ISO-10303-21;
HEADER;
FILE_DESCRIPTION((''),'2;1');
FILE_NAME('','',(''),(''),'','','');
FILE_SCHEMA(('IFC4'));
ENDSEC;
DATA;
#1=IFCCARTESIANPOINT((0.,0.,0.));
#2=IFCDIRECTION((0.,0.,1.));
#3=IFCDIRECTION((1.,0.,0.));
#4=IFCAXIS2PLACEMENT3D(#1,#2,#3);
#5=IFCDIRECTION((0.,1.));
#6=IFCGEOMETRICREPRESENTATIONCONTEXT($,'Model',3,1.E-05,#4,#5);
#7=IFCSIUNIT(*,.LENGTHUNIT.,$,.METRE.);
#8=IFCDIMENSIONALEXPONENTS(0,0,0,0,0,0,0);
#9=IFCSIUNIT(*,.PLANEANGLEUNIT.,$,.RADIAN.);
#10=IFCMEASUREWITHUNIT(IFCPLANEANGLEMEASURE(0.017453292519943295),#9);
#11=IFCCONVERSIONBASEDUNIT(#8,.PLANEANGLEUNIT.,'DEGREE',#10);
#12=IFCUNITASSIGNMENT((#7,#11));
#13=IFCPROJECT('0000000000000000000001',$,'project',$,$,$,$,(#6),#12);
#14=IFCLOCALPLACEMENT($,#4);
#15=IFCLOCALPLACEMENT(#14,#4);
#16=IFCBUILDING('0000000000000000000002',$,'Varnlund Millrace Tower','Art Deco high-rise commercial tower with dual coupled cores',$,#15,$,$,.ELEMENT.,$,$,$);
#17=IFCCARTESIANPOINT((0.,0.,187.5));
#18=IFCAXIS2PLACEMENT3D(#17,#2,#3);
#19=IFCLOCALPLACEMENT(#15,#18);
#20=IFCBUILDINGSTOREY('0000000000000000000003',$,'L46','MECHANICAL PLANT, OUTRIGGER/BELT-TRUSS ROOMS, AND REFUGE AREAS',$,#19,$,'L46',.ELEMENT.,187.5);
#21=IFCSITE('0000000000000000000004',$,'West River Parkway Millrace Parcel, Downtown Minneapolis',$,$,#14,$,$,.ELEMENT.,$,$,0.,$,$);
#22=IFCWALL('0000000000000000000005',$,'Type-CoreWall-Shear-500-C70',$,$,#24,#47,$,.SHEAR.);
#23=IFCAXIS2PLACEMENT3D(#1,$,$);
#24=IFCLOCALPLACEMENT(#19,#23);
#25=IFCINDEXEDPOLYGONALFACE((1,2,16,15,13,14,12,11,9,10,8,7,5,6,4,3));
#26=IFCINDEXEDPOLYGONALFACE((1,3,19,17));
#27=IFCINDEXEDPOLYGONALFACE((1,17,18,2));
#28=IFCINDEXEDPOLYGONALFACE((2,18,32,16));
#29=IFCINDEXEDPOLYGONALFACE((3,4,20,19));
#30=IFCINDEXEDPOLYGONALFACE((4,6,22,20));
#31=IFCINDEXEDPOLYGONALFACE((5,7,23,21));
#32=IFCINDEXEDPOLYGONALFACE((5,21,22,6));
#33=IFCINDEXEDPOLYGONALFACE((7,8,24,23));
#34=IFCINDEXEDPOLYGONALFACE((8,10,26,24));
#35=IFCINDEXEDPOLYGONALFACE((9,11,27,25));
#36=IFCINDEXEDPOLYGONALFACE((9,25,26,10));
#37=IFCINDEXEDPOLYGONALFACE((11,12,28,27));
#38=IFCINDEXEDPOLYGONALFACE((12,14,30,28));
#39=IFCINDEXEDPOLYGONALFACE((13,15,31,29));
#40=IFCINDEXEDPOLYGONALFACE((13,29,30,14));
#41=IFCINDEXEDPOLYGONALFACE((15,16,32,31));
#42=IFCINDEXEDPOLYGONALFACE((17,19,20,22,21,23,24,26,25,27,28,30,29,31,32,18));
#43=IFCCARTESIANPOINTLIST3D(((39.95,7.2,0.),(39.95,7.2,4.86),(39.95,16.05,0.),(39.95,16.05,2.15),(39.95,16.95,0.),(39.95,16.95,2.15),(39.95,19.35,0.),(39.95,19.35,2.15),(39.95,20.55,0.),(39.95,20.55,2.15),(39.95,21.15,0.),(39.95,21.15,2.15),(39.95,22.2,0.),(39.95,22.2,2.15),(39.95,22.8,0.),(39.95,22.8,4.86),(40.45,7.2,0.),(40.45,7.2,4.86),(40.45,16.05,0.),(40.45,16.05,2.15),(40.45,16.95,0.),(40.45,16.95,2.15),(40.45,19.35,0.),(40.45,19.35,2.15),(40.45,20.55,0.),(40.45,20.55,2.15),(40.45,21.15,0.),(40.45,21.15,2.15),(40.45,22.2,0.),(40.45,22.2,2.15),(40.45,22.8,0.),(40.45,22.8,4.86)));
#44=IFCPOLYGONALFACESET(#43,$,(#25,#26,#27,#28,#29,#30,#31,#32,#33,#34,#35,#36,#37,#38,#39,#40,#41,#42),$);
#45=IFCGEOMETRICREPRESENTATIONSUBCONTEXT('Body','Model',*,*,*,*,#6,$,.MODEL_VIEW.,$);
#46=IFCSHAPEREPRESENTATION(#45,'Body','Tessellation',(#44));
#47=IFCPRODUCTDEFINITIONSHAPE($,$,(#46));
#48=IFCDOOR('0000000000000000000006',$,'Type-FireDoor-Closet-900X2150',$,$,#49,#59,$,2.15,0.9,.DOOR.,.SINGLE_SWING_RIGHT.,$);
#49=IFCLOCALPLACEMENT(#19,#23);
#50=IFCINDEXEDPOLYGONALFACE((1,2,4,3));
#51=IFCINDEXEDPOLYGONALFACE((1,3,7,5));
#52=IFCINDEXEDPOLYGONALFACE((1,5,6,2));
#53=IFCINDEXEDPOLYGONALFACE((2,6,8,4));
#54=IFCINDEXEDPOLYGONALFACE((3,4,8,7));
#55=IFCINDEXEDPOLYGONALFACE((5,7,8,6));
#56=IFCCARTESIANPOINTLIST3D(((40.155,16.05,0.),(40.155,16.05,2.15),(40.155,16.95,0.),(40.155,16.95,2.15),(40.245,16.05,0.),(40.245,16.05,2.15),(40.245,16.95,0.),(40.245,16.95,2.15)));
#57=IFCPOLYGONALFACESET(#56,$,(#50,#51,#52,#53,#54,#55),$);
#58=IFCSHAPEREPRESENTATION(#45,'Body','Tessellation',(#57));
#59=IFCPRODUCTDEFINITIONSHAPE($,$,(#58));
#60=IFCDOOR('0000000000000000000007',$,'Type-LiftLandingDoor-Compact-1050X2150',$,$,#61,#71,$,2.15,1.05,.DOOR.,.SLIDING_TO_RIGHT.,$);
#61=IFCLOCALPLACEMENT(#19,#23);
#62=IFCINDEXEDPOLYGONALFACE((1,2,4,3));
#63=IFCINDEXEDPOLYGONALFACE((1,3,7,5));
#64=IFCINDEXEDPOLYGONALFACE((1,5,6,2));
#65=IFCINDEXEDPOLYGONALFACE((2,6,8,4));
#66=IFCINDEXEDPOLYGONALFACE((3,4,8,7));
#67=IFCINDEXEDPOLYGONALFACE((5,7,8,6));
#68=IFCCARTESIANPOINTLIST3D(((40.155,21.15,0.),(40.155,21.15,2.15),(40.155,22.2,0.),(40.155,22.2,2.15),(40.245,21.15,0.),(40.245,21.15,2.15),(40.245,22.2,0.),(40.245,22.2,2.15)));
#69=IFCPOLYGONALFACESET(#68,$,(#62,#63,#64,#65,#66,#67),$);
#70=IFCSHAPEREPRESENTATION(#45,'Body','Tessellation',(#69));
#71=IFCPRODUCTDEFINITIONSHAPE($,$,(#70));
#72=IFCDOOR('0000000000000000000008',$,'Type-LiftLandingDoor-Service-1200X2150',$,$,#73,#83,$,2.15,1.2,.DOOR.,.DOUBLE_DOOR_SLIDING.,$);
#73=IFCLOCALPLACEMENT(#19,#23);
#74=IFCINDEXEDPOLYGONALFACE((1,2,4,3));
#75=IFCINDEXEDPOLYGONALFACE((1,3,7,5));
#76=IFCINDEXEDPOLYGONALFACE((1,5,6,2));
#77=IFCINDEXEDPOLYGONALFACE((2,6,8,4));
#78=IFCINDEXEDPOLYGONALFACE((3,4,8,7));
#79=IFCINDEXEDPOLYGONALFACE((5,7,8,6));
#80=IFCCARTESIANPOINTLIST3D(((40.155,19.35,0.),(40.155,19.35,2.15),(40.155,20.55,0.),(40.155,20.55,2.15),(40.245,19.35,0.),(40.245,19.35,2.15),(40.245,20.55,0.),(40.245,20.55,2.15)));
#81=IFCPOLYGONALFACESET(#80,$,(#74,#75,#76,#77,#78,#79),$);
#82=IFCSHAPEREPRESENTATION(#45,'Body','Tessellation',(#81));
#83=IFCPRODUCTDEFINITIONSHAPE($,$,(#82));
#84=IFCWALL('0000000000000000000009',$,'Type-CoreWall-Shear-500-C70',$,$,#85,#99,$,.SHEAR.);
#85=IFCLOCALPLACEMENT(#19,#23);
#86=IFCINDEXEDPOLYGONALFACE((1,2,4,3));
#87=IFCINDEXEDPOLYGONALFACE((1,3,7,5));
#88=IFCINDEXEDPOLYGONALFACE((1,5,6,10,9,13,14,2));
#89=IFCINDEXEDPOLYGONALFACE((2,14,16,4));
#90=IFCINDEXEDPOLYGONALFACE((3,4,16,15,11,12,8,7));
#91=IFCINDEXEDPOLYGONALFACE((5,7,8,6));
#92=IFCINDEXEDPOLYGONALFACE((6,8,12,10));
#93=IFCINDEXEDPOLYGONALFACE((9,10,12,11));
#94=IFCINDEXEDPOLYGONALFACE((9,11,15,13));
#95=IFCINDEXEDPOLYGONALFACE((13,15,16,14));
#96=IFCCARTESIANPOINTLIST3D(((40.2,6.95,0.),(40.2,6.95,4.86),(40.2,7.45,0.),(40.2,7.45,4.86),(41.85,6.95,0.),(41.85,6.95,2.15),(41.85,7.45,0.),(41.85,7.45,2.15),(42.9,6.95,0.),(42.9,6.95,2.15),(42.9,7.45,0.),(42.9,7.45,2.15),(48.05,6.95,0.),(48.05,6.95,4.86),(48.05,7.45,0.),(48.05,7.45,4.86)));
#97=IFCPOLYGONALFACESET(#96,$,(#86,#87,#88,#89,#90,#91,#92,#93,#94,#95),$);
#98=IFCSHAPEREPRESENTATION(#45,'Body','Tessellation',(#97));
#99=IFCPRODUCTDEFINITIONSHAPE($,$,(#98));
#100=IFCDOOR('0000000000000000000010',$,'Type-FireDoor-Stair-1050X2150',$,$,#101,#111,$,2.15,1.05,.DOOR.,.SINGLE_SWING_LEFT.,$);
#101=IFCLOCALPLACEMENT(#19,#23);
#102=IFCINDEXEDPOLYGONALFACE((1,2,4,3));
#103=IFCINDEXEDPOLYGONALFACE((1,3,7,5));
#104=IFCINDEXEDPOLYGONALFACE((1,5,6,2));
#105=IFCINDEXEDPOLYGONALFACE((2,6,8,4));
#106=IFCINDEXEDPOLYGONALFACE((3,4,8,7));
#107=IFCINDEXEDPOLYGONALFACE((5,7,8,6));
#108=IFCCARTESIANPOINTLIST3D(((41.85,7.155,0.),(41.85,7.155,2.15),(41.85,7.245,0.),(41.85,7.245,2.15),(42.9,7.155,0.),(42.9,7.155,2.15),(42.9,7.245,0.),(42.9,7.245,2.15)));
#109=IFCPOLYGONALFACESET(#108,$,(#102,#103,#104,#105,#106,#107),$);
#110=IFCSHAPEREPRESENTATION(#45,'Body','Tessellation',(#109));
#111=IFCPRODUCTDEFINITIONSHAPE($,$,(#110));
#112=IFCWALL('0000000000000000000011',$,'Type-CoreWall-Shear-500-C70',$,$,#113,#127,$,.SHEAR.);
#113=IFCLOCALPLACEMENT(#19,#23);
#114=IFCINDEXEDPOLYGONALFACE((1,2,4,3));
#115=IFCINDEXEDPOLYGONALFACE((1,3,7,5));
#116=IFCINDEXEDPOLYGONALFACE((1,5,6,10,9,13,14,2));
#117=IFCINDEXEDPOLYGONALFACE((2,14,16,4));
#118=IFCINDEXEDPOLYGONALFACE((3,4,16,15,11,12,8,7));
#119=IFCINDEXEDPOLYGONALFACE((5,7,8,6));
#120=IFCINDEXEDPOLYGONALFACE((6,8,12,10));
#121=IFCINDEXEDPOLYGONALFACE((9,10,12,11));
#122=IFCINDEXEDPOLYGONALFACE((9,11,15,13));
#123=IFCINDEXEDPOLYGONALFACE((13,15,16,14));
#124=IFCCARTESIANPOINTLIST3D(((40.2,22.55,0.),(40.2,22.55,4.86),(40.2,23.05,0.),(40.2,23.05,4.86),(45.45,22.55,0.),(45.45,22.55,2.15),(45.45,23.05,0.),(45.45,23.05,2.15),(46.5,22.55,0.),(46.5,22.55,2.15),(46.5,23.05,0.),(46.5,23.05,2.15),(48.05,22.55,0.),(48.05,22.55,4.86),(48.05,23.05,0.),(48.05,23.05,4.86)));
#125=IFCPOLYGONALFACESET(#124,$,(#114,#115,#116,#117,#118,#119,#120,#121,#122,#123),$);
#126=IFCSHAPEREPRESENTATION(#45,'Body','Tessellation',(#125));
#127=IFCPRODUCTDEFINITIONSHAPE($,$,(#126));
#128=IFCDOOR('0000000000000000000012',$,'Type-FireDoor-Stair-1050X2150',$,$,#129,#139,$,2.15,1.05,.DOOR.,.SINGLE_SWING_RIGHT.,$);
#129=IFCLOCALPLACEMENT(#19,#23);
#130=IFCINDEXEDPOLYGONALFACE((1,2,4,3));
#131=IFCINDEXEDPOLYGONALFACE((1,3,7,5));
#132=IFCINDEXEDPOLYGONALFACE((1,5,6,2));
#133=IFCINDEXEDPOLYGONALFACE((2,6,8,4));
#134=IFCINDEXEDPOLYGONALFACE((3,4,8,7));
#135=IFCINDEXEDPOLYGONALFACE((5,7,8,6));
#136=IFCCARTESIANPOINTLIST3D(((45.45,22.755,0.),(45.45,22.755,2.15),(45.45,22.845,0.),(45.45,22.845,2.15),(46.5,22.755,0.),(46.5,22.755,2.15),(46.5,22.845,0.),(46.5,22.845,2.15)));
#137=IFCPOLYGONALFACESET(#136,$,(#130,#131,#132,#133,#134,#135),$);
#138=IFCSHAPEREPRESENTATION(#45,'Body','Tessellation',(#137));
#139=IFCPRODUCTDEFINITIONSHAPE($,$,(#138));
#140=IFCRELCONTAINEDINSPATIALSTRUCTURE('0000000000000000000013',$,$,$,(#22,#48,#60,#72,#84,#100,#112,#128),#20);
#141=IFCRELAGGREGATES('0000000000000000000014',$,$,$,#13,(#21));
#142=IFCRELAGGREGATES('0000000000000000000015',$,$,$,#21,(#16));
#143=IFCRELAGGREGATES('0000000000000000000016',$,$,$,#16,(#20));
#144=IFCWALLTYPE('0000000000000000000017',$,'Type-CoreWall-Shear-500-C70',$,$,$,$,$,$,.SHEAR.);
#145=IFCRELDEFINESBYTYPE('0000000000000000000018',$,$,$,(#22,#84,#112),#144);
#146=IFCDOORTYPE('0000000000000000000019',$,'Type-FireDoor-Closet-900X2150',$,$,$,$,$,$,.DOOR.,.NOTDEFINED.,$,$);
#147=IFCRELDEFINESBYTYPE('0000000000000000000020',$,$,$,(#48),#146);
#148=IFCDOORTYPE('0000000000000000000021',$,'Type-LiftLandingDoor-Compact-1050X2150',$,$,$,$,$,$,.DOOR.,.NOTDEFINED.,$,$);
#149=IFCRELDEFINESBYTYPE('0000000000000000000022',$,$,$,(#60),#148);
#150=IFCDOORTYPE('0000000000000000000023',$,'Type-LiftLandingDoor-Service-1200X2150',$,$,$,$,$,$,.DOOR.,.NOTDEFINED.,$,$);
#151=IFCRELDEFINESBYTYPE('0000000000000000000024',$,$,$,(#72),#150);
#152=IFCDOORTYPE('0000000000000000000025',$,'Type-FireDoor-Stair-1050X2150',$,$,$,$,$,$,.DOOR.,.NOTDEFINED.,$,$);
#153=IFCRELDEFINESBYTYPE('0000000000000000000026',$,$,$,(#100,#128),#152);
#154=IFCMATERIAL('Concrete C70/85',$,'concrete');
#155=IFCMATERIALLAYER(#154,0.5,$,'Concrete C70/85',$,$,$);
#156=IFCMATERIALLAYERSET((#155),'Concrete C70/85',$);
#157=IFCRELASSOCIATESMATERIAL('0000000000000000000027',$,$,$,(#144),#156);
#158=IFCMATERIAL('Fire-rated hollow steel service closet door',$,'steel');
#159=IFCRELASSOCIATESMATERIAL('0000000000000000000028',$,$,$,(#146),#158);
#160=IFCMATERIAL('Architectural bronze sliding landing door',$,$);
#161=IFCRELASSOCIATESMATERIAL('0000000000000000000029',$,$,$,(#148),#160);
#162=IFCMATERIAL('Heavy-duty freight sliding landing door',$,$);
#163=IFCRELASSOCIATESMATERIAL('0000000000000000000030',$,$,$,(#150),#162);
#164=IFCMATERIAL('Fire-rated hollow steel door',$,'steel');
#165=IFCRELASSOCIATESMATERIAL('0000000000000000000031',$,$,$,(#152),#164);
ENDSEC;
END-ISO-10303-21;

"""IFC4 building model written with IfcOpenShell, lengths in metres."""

from ifc_helpers import new_model, entity, si_unit, converted_unit, direction, frame, origin_with_axes, origin_2d_with_axis, place, context, subcontext, project, spatial, polyline, rectangle, outline, extrude, material, layer, layer_set, type_object, element, fill, save


model = new_model("IFC4")

# Units and contexts
model_context = context("Model", 3, precision=1e-05, world=origin_with_axes(), true_north=direction((0.0, 1.0)))
body_context = subcontext(model_context, "Body", "Model", "MODEL_VIEW")
ifc_project = project(units=[si_unit("LENGTHUNIT", "METRE"), converted_unit("PLANEANGLEUNIT", "DEGREE", entity("IfcPlaneAngleMeasure", 0.017453292519943295), si_unit("PLANEANGLEUNIT", "RADIAN"), dimensions=[0, 0, 0, 0, 0, 0, 0])], contexts=[model_context])

# Site, building, storey
site_placement = place(None, origin_with_axes())
site = spatial("IfcSite", under=ifc_project, at=site_placement, Name="West River Parkway Millrace Parcel, Downtown Minneapolis", CompositionType="ELEMENT", RefElevation=0.0)
building_placement = place(site_placement, origin_with_axes())
building = spatial("IfcBuilding", under=site, at=building_placement, Name="Varnlund Millrace Tower", Description="Art Deco high-rise commercial tower with dual coupled cores", CompositionType="ELEMENT")
storey_placement = place(building_placement, frame((0.0, 0.0, 187.5), z_axis=(0.0, 0.0, 1.0), x_axis=(1.0, 0.0, 0.0)))
storey = spatial("IfcBuildingStorey", under=building, at=storey_placement, Name="L46", Description="MECHANICAL PLANT, OUTRIGGER/BELT-TRUSS ROOMS, AND REFUGE AREAS", LongName="L46", CompositionType="ELEMENT", Elevation=187.5)

# Wall, openings, doors
ifc_material_1 = material(Name="Concrete C70/85", Category="concrete")
ifc_layer_1 = layer(ifc_material_1, 0.5, Name="Concrete C70/85")
ifc_layer_set_1 = layer_set([ifc_layer_1], Name="Concrete C70/85")
wall_type_1 = type_object("IfcWallType", Name="Type-CoreWall-Shear-500-C70", PredefinedType="SHEAR", material=ifc_layer_set_1)
wall_1_placement = place(storey_placement, frame((40.2, 7.2, 0.0), z_axis=(0.0, 0.0, 1.0), x_axis=(0.0, 1.0, 0.0)))
wall_1 = element("IfcWall", 1, at=wall_1_placement, inside=storey, type_object=wall_type_1, Name="Type-CoreWall-Shear-500-C70", PredefinedType="SHEAR", context=body_context, shape_type="SweptSolid", body=[
    extrude(outline(polyline([(0.0, -0.25), (15.6, -0.25), (15.6, 0.25), (0.0, 0.25), (0.0, -0.25)])), origin_with_axes(), (0.0, 0.0, 1.0), 4.86),
])
opening_1_placement = place(wall_1_placement, frame((14.475, 0.0, 0.0), z_axis=(0.0, 0.0, 1.0), x_axis=(1.0, 0.0, 0.0)))
opening_1 = element("IfcOpeningElement", 2, at=opening_1_placement, cuts=wall_1, PredefinedType="OPENING", context=body_context, shape_type="SweptSolid", body=[
    extrude(rectangle(XDim=1.05, YDim=0.52, at=origin_2d_with_axis()), origin_with_axes(), (0.0, 0.0, 1.0), 2.15),
])
opening_2_placement = place(wall_1_placement, frame((12.75, 0.0, 0.0), z_axis=(0.0, 0.0, 1.0), x_axis=(1.0, 0.0, 0.0)))
opening_2 = element("IfcOpeningElement", 3, at=opening_2_placement, cuts=wall_1, PredefinedType="OPENING", context=body_context, shape_type="SweptSolid", body=[
    extrude(rectangle(XDim=1.2, YDim=0.52, at=origin_2d_with_axis()), origin_with_axes(), (0.0, 0.0, 1.0), 2.15),
])
opening_3_placement = place(wall_1_placement, frame((9.3, 0.0, 0.0), z_axis=(0.0, 0.0, 1.0), x_axis=(1.0, 0.0, 0.0)))
opening_3 = element("IfcOpeningElement", 4, at=opening_3_placement, cuts=wall_1, PredefinedType="OPENING", context=body_context, shape_type="SweptSolid", body=[
    extrude(rectangle(XDim=0.9, YDim=0.52, at=origin_2d_with_axis()), origin_with_axes(), (0.0, 0.0, 1.0), 2.15),
])
ifc_material_2 = material(Name="Fire-rated hollow steel service closet door", Category="steel")
door_type_1 = type_object("IfcDoorType", Name="Type-FireDoor-Closet-900X2150", OperationType="NOTDEFINED", PredefinedType="DOOR", material=ifc_material_2)
door_1_placement = place(wall_1_placement, frame((9.3, 0.0, 0.0), z_axis=(0.0, 0.0, 1.0), x_axis=(1.0, 0.0, 0.0)))
door_1 = element("IfcDoor", 5, at=door_1_placement, inside=storey, type_object=door_type_1, Name="Type-FireDoor-Closet-900X2150", OperationType="SINGLE_SWING_RIGHT", OverallHeight=2.15, OverallWidth=0.9, PredefinedType="DOOR", context=body_context, shape_type="SweptSolid", body=[
    extrude(rectangle(XDim=0.9, YDim=0.09, at=origin_2d_with_axis()), origin_with_axes(), (0.0, 0.0, 1.0), 2.15),
])
fill(opening_3, door_1)
ifc_material_3 = material(Name="Architectural bronze sliding landing door")
door_type_2 = type_object("IfcDoorType", Name="Type-LiftLandingDoor-Compact-1050X2150", OperationType="NOTDEFINED", PredefinedType="DOOR", material=ifc_material_3)
door_2_placement = place(wall_1_placement, frame((14.475, 0.0, 0.0), z_axis=(0.0, 0.0, 1.0), x_axis=(1.0, 0.0, 0.0)))
door_2 = element("IfcDoor", 6, at=door_2_placement, inside=storey, type_object=door_type_2, Name="Type-LiftLandingDoor-Compact-1050X2150", OperationType="SLIDING_TO_RIGHT", OverallHeight=2.15, OverallWidth=1.05, PredefinedType="DOOR", context=body_context, shape_type="SweptSolid", body=[
    extrude(rectangle(XDim=1.05, YDim=0.09, at=origin_2d_with_axis()), origin_with_axes(), (0.0, 0.0, 1.0), 2.15),
])
fill(opening_1, door_2)
ifc_material_4 = material(Name="Heavy-duty freight sliding landing door")
door_type_3 = type_object("IfcDoorType", Name="Type-LiftLandingDoor-Service-1200X2150", OperationType="NOTDEFINED", PredefinedType="DOOR", material=ifc_material_4)
door_3_placement = place(wall_1_placement, frame((12.75, 0.0, 0.0), z_axis=(0.0, 0.0, 1.0), x_axis=(1.0, 0.0, 0.0)))
door_3 = element("IfcDoor", 7, at=door_3_placement, inside=storey, type_object=door_type_3, Name="Type-LiftLandingDoor-Service-1200X2150", OperationType="DOUBLE_DOOR_SLIDING", OverallHeight=2.15, OverallWidth=1.2, PredefinedType="DOOR", context=body_context, shape_type="SweptSolid", body=[
    extrude(rectangle(XDim=1.2, YDim=0.09, at=origin_2d_with_axis()), origin_with_axes(), (0.0, 0.0, 1.0), 2.15),
])
fill(opening_2, door_3)

# Walls, openings, doors
wall_2_placement = place(storey_placement, frame((40.2, 7.2, 0.0), z_axis=(0.0, 0.0, 1.0), x_axis=(1.0, 0.0, 0.0)))
wall_2 = element("IfcWall", 8, at=wall_2_placement, inside=storey, type_object=wall_type_1, Name="Type-CoreWall-Shear-500-C70", PredefinedType="SHEAR", context=body_context, shape_type="SweptSolid", body=[
    extrude(outline(polyline([(0.0, -0.25), (7.85, -0.25), (7.85, 0.25), (0.0, 0.25), (0.0, -0.25)])), origin_with_axes(), (0.0, 0.0, 1.0), 4.86),
])
opening_4_placement = place(wall_2_placement, frame((2.175, 0.0, 0.0), z_axis=(0.0, 0.0, 1.0), x_axis=(1.0, 0.0, 0.0)))
opening_4 = element("IfcOpeningElement", 9, at=opening_4_placement, cuts=wall_2, PredefinedType="OPENING", context=body_context, shape_type="SweptSolid", body=[
    extrude(rectangle(XDim=1.05, YDim=0.52, at=origin_2d_with_axis()), origin_with_axes(), (0.0, 0.0, 1.0), 2.15),
])
ifc_material_5 = material(Name="Fire-rated hollow steel door", Category="steel")
door_type_4 = type_object("IfcDoorType", Name="Type-FireDoor-Stair-1050X2150", OperationType="NOTDEFINED", PredefinedType="DOOR", material=ifc_material_5)
door_4_placement = place(wall_2_placement, frame((2.175, 0.0, 0.0), z_axis=(0.0, 0.0, 1.0), x_axis=(1.0, 0.0, 0.0)))
door_4 = element("IfcDoor", 10, at=door_4_placement, inside=storey, type_object=door_type_4, Name="Type-FireDoor-Stair-1050X2150", OperationType="SINGLE_SWING_LEFT", OverallHeight=2.15, OverallWidth=1.05, PredefinedType="DOOR", context=body_context, shape_type="SweptSolid", body=[
    extrude(rectangle(XDim=1.05, YDim=0.09, at=origin_2d_with_axis()), origin_with_axes(), (0.0, 0.0, 1.0), 2.15),
])
fill(opening_4, door_4)
wall_3_placement = place(storey_placement, frame((40.2, 22.8, 0.0), z_axis=(0.0, 0.0, 1.0), x_axis=(1.0, 0.0, 0.0)))
wall_3 = element("IfcWall", 11, at=wall_3_placement, inside=storey, type_object=wall_type_1, Name="Type-CoreWall-Shear-500-C70", PredefinedType="SHEAR", context=body_context, shape_type="SweptSolid", body=[
    extrude(outline(polyline([(0.0, -0.25), (7.85, -0.25), (7.85, 0.25), (0.0, 0.25), (0.0, -0.25)])), origin_with_axes(), (0.0, 0.0, 1.0), 4.86),
])
opening_5_placement = place(wall_3_placement, frame((5.775, 0.0, 0.0), z_axis=(0.0, 0.0, 1.0), x_axis=(1.0, 0.0, 0.0)))
opening_5 = element("IfcOpeningElement", 12, at=opening_5_placement, cuts=wall_3, PredefinedType="OPENING", context=body_context, shape_type="SweptSolid", body=[
    extrude(rectangle(XDim=1.05, YDim=0.52, at=origin_2d_with_axis()), origin_with_axes(), (0.0, 0.0, 1.0), 2.15),
])
door_5_placement = place(wall_3_placement, frame((5.775, 0.0, 0.0), z_axis=(0.0, 0.0, 1.0), x_axis=(1.0, 0.0, 0.0)))
door_5 = element("IfcDoor", 13, at=door_5_placement, inside=storey, type_object=door_type_4, Name="Type-FireDoor-Stair-1050X2150", OperationType="SINGLE_SWING_RIGHT", OverallHeight=2.15, OverallWidth=1.05, PredefinedType="DOOR", context=body_context, shape_type="SweptSolid", body=[
    extrude(rectangle(XDim=1.05, YDim=0.09, at=origin_2d_with_axis()), origin_with_axes(), (0.0, 0.0, 1.0), 2.15),
])
fill(opening_5, door_5)

save(model, "model.ifc")
